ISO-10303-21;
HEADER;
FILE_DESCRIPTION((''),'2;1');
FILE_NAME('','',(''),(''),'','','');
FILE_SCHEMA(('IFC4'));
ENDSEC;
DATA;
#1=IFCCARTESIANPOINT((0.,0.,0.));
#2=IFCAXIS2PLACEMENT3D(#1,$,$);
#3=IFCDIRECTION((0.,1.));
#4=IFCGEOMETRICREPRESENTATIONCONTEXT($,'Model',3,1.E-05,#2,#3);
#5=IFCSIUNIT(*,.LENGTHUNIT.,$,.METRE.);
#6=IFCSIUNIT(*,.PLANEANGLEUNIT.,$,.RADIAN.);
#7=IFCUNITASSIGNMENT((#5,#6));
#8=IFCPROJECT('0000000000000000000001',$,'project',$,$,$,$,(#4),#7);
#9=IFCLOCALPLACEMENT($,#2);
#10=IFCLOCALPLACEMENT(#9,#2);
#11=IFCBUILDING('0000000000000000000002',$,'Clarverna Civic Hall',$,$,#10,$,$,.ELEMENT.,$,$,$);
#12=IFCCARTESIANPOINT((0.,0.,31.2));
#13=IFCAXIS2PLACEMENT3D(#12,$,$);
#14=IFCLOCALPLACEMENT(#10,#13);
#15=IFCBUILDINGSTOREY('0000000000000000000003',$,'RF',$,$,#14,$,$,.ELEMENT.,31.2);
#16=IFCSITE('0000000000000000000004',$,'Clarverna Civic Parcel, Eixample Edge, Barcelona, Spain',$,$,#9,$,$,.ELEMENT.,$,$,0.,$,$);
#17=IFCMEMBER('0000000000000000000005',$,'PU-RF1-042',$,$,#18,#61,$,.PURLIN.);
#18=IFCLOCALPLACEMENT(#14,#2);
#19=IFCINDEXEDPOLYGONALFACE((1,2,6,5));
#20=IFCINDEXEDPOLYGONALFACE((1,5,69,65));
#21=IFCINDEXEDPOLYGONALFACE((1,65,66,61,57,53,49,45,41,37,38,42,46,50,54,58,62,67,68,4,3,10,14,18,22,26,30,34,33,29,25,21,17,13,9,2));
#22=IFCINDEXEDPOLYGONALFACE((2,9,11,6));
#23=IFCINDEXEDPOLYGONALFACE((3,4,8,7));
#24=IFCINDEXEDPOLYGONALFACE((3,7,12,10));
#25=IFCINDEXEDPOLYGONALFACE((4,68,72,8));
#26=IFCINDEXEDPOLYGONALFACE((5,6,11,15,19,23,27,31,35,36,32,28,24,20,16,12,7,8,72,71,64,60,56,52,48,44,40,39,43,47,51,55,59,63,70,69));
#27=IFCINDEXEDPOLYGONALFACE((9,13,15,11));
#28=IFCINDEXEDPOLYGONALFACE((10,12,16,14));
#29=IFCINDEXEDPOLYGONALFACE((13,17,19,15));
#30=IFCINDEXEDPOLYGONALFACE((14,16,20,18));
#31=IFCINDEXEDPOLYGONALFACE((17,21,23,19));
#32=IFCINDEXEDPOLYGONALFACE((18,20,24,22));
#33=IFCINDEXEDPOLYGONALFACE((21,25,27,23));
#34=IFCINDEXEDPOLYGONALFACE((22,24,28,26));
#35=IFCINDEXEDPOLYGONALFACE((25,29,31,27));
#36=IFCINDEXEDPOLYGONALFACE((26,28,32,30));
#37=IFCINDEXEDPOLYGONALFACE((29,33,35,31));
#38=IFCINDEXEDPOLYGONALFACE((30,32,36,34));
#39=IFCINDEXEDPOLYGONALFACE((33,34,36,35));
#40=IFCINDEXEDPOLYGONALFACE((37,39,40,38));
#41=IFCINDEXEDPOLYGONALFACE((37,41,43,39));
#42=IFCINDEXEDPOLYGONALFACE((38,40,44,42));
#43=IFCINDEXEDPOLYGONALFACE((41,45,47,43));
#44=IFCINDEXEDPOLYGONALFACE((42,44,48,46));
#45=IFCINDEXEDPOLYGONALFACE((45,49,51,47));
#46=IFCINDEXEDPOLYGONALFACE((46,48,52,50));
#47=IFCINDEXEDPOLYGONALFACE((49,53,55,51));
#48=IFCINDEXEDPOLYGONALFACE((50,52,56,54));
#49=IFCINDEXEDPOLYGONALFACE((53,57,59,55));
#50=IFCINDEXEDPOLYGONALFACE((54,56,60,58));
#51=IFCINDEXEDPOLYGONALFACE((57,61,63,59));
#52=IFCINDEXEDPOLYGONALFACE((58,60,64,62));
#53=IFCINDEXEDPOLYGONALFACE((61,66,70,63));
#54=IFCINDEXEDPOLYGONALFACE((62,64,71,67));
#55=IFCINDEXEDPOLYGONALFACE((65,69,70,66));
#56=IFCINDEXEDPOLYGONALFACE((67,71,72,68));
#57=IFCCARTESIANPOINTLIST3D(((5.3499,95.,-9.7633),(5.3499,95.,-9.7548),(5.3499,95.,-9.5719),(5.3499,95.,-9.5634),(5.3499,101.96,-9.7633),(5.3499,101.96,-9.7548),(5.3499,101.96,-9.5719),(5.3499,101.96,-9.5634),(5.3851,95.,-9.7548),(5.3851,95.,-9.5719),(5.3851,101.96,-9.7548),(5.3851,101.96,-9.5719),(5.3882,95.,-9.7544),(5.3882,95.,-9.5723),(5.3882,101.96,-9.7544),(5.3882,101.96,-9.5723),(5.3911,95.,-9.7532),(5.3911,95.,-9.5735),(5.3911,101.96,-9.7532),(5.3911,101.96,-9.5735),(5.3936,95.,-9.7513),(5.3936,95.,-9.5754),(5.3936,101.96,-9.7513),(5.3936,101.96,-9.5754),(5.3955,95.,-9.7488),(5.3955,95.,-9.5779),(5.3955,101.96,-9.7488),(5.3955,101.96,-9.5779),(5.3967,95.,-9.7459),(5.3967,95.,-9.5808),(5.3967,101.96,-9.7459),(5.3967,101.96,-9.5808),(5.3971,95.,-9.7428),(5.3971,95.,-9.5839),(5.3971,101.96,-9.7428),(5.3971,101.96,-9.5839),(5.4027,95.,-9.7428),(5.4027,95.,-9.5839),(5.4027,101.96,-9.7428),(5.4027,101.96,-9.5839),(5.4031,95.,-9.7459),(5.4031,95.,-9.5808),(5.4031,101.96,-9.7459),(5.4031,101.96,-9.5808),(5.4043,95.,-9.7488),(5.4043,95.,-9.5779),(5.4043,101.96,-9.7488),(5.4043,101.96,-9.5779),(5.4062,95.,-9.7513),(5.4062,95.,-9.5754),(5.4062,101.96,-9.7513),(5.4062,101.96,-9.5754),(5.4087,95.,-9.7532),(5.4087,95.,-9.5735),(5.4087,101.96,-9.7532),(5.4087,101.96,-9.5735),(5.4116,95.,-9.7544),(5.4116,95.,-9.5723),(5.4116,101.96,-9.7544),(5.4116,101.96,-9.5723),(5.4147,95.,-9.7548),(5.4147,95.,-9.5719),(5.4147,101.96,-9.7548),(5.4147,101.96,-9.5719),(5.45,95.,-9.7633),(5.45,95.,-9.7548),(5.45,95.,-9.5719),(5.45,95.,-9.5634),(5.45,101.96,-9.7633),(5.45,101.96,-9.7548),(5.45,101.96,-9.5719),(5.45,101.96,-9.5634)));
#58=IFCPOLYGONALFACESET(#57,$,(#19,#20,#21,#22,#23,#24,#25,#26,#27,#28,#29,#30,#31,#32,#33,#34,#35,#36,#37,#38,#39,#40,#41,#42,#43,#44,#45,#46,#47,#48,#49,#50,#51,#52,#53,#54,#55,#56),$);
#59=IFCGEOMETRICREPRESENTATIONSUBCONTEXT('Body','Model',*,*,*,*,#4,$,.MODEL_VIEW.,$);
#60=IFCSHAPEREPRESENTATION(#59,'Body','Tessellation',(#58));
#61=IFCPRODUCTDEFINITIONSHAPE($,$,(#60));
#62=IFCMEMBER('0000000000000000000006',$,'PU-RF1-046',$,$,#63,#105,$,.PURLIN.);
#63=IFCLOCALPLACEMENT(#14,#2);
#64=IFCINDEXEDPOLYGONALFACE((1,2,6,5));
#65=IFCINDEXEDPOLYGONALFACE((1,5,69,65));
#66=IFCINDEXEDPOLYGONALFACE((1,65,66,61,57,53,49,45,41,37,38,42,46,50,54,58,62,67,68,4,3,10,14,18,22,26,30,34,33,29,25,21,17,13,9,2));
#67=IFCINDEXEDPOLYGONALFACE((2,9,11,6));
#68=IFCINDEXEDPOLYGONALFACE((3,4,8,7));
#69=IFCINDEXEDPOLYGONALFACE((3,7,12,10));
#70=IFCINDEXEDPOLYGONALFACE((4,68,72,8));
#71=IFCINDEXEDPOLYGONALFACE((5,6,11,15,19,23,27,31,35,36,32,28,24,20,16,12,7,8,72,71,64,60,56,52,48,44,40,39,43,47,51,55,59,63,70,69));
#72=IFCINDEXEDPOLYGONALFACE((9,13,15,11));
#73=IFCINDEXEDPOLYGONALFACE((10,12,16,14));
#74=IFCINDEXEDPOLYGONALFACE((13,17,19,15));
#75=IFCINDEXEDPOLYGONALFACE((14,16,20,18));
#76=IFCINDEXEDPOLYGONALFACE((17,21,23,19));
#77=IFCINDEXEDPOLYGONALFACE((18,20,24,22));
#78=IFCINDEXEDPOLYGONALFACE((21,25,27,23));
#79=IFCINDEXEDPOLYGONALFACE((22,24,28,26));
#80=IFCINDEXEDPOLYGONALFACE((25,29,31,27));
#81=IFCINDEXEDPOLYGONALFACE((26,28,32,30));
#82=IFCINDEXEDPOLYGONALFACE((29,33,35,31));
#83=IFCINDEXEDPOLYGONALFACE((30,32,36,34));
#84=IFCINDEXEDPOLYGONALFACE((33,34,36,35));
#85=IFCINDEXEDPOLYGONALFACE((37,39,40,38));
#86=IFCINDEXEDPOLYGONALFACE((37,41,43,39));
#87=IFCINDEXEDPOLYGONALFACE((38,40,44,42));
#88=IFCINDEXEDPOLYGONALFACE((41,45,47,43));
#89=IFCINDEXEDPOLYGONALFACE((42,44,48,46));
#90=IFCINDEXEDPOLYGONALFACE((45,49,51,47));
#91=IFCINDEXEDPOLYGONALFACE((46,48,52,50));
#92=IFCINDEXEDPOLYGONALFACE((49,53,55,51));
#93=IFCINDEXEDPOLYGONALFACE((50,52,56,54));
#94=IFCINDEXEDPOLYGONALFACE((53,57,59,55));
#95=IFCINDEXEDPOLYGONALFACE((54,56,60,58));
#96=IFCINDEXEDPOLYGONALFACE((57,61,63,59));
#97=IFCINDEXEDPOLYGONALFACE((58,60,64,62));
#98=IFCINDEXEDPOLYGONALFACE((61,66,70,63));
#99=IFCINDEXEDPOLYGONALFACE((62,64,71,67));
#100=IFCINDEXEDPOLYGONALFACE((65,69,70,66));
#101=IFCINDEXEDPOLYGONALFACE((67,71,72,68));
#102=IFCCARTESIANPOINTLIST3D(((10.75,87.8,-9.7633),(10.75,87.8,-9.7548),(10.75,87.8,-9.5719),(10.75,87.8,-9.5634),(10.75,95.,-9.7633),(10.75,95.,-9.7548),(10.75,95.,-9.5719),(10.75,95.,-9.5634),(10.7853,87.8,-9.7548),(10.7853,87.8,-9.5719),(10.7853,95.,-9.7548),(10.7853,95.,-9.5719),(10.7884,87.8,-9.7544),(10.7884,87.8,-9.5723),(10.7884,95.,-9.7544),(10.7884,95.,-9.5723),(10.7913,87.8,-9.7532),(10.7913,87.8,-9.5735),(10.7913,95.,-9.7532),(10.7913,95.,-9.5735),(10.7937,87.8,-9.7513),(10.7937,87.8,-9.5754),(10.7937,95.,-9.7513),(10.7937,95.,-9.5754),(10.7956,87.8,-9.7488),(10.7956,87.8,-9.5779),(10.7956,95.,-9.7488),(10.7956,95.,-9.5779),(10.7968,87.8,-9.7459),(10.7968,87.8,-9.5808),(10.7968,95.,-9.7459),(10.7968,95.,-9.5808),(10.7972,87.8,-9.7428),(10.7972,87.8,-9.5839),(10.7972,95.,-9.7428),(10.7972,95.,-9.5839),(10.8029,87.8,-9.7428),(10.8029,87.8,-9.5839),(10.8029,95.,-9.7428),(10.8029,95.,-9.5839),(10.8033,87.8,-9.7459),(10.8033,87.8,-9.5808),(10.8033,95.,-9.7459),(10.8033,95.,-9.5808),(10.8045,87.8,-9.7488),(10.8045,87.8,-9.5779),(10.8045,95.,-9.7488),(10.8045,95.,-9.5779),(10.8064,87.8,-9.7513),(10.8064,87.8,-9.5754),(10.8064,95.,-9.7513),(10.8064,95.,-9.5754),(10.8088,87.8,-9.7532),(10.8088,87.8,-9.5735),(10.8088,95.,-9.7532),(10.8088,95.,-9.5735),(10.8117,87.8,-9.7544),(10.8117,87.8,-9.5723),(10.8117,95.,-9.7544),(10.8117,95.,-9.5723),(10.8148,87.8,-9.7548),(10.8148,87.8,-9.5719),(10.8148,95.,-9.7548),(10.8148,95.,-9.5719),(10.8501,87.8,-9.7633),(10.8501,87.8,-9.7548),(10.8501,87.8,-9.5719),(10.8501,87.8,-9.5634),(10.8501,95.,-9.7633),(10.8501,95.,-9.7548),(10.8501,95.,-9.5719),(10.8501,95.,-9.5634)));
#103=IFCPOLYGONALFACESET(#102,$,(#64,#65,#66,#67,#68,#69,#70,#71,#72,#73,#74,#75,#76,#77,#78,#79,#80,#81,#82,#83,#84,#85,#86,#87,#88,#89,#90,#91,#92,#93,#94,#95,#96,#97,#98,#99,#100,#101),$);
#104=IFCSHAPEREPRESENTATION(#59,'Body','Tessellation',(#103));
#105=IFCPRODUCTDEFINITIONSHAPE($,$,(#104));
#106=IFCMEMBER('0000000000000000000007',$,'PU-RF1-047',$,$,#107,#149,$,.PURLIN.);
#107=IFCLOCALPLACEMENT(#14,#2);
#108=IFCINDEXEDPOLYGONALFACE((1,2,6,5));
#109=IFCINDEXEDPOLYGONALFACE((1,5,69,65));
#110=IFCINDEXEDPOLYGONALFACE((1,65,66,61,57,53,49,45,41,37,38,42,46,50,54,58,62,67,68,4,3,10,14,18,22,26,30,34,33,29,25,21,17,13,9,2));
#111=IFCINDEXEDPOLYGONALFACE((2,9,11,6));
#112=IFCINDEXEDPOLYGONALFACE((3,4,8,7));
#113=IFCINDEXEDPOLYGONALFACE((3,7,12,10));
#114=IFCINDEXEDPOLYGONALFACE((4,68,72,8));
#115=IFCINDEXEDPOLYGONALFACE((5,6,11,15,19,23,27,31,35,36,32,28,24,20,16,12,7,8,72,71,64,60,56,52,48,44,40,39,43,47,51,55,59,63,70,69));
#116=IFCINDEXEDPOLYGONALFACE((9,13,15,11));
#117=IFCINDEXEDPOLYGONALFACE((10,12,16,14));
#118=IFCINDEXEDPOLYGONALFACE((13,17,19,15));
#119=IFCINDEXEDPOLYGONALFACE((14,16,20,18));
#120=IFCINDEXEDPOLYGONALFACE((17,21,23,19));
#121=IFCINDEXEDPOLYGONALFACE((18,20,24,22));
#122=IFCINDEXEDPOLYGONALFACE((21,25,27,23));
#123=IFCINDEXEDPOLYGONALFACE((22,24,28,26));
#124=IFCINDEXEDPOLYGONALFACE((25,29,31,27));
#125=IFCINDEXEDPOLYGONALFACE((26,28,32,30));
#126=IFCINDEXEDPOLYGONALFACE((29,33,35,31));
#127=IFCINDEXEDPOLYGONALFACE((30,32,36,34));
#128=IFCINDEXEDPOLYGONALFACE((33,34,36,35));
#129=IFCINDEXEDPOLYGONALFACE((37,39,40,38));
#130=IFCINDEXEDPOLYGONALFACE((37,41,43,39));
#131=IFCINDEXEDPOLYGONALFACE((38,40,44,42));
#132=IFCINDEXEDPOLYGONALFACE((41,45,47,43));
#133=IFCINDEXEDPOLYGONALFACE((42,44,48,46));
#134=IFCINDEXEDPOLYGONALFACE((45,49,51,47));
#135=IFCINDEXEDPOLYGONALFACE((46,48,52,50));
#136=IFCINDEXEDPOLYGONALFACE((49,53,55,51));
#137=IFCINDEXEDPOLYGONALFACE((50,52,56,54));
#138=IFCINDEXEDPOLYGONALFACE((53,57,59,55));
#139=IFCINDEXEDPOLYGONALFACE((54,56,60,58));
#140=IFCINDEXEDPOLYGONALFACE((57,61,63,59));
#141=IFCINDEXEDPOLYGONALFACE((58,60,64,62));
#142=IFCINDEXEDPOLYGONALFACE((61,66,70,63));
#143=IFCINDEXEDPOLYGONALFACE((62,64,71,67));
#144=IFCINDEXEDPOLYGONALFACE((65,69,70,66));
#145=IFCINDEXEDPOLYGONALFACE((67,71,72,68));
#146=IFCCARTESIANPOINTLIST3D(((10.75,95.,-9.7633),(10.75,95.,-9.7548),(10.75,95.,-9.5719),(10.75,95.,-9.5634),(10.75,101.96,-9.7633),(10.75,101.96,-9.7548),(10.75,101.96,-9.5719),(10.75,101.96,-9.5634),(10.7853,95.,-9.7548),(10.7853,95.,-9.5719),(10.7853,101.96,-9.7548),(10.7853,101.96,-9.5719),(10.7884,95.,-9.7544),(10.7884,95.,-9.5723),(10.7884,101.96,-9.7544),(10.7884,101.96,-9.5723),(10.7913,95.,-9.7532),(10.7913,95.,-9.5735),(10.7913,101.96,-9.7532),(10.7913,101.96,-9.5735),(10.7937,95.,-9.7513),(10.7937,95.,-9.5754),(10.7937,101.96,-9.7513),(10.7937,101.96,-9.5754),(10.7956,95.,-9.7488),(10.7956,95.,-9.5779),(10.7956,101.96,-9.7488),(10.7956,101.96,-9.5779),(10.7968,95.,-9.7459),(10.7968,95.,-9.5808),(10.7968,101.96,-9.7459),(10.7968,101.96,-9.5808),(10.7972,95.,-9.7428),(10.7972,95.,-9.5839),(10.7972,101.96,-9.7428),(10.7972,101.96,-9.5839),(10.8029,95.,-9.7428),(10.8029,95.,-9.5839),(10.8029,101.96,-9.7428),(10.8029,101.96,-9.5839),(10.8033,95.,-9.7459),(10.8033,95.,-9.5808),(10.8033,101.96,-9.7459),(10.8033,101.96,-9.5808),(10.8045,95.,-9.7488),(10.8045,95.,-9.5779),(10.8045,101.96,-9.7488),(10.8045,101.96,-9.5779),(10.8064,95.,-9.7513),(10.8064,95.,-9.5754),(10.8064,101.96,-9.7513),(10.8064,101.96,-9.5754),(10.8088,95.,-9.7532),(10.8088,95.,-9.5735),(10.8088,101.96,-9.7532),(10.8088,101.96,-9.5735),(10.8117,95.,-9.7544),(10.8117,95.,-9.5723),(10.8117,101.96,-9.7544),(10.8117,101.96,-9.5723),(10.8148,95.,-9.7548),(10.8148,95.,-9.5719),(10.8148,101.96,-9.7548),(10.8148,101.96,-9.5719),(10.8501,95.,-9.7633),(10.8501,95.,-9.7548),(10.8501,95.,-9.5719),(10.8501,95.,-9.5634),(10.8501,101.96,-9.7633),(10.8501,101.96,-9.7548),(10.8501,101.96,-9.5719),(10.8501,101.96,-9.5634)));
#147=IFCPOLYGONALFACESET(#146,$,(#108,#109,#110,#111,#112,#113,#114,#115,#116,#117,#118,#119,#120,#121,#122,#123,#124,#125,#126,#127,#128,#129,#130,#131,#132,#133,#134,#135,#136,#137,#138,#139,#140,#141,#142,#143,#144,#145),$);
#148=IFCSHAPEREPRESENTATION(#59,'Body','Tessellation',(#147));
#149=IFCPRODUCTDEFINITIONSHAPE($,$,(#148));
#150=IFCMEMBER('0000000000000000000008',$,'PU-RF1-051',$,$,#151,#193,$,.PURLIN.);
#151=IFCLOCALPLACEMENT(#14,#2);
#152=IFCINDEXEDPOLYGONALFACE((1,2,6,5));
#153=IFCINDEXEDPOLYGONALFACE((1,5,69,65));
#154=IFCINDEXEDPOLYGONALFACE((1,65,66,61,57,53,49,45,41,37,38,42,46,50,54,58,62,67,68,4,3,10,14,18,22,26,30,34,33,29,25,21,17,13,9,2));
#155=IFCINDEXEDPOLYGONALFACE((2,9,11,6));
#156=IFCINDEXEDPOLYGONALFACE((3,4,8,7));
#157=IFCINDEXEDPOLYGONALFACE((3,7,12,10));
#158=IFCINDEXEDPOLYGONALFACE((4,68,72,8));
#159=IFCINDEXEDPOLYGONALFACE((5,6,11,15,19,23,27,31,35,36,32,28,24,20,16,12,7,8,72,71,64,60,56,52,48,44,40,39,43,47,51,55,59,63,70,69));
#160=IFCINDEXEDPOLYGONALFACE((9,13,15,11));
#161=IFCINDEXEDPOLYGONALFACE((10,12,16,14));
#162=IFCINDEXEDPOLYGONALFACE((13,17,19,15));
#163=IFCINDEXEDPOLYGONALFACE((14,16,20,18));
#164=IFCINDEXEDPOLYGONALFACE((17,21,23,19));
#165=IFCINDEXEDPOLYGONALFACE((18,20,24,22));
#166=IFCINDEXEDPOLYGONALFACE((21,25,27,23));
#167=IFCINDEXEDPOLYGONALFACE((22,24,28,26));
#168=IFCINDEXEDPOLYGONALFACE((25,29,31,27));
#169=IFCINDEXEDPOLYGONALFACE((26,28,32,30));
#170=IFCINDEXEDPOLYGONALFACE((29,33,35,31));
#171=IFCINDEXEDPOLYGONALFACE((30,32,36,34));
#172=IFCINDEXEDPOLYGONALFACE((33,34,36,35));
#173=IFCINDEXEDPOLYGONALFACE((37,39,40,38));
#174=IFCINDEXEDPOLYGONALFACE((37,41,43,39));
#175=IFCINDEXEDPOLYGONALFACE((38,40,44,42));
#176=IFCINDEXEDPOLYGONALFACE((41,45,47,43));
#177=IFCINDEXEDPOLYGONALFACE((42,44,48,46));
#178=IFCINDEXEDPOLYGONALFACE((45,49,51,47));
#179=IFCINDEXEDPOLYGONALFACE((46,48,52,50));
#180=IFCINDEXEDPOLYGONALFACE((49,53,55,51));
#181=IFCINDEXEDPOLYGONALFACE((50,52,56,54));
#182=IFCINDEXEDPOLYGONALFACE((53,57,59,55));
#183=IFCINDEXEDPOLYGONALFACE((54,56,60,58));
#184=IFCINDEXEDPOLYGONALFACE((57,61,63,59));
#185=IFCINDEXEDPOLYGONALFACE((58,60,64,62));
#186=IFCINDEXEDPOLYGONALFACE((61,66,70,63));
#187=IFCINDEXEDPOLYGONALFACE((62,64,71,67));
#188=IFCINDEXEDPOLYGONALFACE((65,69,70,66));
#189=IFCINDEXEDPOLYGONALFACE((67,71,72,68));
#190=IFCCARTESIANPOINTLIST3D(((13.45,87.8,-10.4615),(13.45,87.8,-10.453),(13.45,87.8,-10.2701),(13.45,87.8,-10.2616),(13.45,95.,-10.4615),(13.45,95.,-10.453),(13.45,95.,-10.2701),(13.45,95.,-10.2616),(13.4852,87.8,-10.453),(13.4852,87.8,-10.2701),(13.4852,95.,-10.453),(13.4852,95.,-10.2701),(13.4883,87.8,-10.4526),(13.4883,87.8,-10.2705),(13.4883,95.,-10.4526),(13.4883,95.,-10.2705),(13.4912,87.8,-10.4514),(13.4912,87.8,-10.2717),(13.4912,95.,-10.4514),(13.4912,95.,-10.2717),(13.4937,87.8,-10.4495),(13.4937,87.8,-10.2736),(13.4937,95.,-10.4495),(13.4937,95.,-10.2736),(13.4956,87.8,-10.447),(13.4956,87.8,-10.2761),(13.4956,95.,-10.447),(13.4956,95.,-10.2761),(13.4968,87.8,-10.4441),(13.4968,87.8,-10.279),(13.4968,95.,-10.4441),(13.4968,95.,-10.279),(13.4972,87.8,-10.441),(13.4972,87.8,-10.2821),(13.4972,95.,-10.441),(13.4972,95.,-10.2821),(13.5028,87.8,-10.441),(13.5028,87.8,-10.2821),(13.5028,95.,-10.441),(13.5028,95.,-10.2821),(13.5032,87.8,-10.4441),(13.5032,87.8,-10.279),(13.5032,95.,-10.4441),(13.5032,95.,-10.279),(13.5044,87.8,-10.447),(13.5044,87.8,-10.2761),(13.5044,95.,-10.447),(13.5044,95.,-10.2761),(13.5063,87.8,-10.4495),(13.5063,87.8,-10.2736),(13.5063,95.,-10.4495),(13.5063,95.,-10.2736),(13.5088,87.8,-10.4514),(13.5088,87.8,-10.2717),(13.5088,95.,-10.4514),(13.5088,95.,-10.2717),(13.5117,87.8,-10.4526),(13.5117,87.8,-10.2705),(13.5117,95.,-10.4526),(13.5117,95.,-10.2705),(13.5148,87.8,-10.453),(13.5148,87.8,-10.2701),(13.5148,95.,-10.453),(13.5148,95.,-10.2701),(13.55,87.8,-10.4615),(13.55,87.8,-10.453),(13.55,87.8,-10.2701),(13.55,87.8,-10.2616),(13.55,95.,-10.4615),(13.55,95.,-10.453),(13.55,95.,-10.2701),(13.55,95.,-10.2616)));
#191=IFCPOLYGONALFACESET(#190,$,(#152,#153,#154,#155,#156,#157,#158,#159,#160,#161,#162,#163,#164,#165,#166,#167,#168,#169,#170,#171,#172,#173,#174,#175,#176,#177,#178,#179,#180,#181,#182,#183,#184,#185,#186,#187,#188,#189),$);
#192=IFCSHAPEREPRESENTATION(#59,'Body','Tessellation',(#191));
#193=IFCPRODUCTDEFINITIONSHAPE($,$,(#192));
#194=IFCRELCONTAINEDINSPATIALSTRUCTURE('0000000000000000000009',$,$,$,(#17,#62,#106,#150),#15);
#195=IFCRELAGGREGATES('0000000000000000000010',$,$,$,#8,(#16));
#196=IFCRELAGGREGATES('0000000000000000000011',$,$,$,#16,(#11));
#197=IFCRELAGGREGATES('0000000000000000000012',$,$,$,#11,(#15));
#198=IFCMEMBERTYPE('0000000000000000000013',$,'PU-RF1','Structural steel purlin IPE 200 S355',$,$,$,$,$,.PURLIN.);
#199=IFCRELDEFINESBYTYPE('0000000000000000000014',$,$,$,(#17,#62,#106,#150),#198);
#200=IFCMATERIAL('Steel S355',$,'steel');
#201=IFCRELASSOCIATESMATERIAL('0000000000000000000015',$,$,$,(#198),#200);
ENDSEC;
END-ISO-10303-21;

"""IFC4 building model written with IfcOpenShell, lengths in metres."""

from ifc_helpers import new_model, si_unit, direction, frame, origin, origin_2d, place, context, subcontext, project, spatial, i_section, extrude, material, material_profile, profile_set, type_object, element, save


model = new_model("IFC4")

# Units and contexts
model_context = context("Model", 3, precision=1e-05, world=origin(), true_north=direction((0.0, 1.0)))
body_context = subcontext(model_context, "Body", "Model", "MODEL_VIEW")
ifc_project = project(units=[si_unit("LENGTHUNIT", "METRE"), si_unit("PLANEANGLEUNIT", "RADIAN")], contexts=[model_context])

# Site, building, storey
site_placement = place(None, origin())
site = spatial("IfcSite", under=ifc_project, at=site_placement, Name="Clarverna Civic Parcel, Eixample Edge, Barcelona, Spain", CompositionType="ELEMENT", RefElevation=0.0)
building_placement = place(site_placement, origin())
building = spatial("IfcBuilding", under=site, at=building_placement, Name="Clarverna Civic Hall", CompositionType="ELEMENT")
storey_placement = place(building_placement, frame((0.0, 0.0, 31.2)))
storey = spatial("IfcBuildingStorey", under=building, at=storey_placement, Name="RF", CompositionType="ELEMENT", Elevation=31.2)

# Members
ifc_material_1 = material(Name="Steel S355", Category="steel")
ifc_material_profile_1 = material_profile(ifc_material_1, i_section(OverallWidth=0.1001, OverallDepth=0.2, WebThickness=0.0056, FlangeThickness=0.0085, FilletRadius=0.012, at=origin_2d()), Name="IPE 200")
ifc_profile_set_1 = profile_set([ifc_material_profile_1], Name="Steel S355")
member_type_1 = type_object("IfcMemberType", Name="PU-RF1", Description="Structural steel purlin IPE 200 S355", PredefinedType="PURLIN", material=ifc_profile_set_1)
member_1_placement = place(storey_placement, frame((5.3999, 95.0, -9.6633), z_axis=(0.0, 1.0, 0.0), x_axis=(-1.0, 0.0, 0.0)))
element("IfcMember", 1, at=member_1_placement, inside=storey, type_object=member_type_1, Name="PU-RF1-042", PredefinedType="PURLIN", context=body_context, shape_type="SweptSolid", body=[
    extrude(i_section(OverallWidth=0.1001, OverallDepth=0.2, WebThickness=0.0056, FlangeThickness=0.0085, FilletRadius=0.012, at=origin_2d()), origin(), (0.0, 0.0, 1.0), 6.96),
])
member_2_placement = place(storey_placement, frame((10.8, 87.8, -9.6633), z_axis=(0.0, 1.0, 0.0), x_axis=(-1.0, 0.0, 0.0)))
element("IfcMember", 2, at=member_2_placement, inside=storey, type_object=member_type_1, Name="PU-RF1-046", PredefinedType="PURLIN", context=body_context, shape_type="SweptSolid", body=[
    extrude(i_section(OverallWidth=0.1001, OverallDepth=0.2, WebThickness=0.0056, FlangeThickness=0.0085, FilletRadius=0.012, at=origin_2d()), origin(), (0.0, 0.0, 1.0), 7.2),
])
member_3_placement = place(storey_placement, frame((10.8, 95.0, -9.6633), z_axis=(0.0, 1.0, 0.0), x_axis=(-1.0, 0.0, 0.0)))
element("IfcMember", 3, at=member_3_placement, inside=storey, type_object=member_type_1, Name="PU-RF1-047", PredefinedType="PURLIN", context=body_context, shape_type="SweptSolid", body=[
    extrude(i_section(OverallWidth=0.1001, OverallDepth=0.2, WebThickness=0.0056, FlangeThickness=0.0085, FilletRadius=0.012, at=origin_2d()), origin(), (0.0, 0.0, 1.0), 6.96),
])
member_4_placement = place(storey_placement, frame((13.5, 87.8, -10.3616), z_axis=(0.0, 1.0, 0.0), x_axis=(-1.0, 0.0, 0.0)))
element("IfcMember", 4, at=member_4_placement, inside=storey, type_object=member_type_1, Name="PU-RF1-051", PredefinedType="PURLIN", context=body_context, shape_type="SweptSolid", body=[
    extrude(i_section(OverallWidth=0.1001, OverallDepth=0.2, WebThickness=0.0056, FlangeThickness=0.0085, FilletRadius=0.012, at=origin_2d()), origin(), (0.0, 0.0, 1.0), 7.2),
])

save(model, "model.ifc")
